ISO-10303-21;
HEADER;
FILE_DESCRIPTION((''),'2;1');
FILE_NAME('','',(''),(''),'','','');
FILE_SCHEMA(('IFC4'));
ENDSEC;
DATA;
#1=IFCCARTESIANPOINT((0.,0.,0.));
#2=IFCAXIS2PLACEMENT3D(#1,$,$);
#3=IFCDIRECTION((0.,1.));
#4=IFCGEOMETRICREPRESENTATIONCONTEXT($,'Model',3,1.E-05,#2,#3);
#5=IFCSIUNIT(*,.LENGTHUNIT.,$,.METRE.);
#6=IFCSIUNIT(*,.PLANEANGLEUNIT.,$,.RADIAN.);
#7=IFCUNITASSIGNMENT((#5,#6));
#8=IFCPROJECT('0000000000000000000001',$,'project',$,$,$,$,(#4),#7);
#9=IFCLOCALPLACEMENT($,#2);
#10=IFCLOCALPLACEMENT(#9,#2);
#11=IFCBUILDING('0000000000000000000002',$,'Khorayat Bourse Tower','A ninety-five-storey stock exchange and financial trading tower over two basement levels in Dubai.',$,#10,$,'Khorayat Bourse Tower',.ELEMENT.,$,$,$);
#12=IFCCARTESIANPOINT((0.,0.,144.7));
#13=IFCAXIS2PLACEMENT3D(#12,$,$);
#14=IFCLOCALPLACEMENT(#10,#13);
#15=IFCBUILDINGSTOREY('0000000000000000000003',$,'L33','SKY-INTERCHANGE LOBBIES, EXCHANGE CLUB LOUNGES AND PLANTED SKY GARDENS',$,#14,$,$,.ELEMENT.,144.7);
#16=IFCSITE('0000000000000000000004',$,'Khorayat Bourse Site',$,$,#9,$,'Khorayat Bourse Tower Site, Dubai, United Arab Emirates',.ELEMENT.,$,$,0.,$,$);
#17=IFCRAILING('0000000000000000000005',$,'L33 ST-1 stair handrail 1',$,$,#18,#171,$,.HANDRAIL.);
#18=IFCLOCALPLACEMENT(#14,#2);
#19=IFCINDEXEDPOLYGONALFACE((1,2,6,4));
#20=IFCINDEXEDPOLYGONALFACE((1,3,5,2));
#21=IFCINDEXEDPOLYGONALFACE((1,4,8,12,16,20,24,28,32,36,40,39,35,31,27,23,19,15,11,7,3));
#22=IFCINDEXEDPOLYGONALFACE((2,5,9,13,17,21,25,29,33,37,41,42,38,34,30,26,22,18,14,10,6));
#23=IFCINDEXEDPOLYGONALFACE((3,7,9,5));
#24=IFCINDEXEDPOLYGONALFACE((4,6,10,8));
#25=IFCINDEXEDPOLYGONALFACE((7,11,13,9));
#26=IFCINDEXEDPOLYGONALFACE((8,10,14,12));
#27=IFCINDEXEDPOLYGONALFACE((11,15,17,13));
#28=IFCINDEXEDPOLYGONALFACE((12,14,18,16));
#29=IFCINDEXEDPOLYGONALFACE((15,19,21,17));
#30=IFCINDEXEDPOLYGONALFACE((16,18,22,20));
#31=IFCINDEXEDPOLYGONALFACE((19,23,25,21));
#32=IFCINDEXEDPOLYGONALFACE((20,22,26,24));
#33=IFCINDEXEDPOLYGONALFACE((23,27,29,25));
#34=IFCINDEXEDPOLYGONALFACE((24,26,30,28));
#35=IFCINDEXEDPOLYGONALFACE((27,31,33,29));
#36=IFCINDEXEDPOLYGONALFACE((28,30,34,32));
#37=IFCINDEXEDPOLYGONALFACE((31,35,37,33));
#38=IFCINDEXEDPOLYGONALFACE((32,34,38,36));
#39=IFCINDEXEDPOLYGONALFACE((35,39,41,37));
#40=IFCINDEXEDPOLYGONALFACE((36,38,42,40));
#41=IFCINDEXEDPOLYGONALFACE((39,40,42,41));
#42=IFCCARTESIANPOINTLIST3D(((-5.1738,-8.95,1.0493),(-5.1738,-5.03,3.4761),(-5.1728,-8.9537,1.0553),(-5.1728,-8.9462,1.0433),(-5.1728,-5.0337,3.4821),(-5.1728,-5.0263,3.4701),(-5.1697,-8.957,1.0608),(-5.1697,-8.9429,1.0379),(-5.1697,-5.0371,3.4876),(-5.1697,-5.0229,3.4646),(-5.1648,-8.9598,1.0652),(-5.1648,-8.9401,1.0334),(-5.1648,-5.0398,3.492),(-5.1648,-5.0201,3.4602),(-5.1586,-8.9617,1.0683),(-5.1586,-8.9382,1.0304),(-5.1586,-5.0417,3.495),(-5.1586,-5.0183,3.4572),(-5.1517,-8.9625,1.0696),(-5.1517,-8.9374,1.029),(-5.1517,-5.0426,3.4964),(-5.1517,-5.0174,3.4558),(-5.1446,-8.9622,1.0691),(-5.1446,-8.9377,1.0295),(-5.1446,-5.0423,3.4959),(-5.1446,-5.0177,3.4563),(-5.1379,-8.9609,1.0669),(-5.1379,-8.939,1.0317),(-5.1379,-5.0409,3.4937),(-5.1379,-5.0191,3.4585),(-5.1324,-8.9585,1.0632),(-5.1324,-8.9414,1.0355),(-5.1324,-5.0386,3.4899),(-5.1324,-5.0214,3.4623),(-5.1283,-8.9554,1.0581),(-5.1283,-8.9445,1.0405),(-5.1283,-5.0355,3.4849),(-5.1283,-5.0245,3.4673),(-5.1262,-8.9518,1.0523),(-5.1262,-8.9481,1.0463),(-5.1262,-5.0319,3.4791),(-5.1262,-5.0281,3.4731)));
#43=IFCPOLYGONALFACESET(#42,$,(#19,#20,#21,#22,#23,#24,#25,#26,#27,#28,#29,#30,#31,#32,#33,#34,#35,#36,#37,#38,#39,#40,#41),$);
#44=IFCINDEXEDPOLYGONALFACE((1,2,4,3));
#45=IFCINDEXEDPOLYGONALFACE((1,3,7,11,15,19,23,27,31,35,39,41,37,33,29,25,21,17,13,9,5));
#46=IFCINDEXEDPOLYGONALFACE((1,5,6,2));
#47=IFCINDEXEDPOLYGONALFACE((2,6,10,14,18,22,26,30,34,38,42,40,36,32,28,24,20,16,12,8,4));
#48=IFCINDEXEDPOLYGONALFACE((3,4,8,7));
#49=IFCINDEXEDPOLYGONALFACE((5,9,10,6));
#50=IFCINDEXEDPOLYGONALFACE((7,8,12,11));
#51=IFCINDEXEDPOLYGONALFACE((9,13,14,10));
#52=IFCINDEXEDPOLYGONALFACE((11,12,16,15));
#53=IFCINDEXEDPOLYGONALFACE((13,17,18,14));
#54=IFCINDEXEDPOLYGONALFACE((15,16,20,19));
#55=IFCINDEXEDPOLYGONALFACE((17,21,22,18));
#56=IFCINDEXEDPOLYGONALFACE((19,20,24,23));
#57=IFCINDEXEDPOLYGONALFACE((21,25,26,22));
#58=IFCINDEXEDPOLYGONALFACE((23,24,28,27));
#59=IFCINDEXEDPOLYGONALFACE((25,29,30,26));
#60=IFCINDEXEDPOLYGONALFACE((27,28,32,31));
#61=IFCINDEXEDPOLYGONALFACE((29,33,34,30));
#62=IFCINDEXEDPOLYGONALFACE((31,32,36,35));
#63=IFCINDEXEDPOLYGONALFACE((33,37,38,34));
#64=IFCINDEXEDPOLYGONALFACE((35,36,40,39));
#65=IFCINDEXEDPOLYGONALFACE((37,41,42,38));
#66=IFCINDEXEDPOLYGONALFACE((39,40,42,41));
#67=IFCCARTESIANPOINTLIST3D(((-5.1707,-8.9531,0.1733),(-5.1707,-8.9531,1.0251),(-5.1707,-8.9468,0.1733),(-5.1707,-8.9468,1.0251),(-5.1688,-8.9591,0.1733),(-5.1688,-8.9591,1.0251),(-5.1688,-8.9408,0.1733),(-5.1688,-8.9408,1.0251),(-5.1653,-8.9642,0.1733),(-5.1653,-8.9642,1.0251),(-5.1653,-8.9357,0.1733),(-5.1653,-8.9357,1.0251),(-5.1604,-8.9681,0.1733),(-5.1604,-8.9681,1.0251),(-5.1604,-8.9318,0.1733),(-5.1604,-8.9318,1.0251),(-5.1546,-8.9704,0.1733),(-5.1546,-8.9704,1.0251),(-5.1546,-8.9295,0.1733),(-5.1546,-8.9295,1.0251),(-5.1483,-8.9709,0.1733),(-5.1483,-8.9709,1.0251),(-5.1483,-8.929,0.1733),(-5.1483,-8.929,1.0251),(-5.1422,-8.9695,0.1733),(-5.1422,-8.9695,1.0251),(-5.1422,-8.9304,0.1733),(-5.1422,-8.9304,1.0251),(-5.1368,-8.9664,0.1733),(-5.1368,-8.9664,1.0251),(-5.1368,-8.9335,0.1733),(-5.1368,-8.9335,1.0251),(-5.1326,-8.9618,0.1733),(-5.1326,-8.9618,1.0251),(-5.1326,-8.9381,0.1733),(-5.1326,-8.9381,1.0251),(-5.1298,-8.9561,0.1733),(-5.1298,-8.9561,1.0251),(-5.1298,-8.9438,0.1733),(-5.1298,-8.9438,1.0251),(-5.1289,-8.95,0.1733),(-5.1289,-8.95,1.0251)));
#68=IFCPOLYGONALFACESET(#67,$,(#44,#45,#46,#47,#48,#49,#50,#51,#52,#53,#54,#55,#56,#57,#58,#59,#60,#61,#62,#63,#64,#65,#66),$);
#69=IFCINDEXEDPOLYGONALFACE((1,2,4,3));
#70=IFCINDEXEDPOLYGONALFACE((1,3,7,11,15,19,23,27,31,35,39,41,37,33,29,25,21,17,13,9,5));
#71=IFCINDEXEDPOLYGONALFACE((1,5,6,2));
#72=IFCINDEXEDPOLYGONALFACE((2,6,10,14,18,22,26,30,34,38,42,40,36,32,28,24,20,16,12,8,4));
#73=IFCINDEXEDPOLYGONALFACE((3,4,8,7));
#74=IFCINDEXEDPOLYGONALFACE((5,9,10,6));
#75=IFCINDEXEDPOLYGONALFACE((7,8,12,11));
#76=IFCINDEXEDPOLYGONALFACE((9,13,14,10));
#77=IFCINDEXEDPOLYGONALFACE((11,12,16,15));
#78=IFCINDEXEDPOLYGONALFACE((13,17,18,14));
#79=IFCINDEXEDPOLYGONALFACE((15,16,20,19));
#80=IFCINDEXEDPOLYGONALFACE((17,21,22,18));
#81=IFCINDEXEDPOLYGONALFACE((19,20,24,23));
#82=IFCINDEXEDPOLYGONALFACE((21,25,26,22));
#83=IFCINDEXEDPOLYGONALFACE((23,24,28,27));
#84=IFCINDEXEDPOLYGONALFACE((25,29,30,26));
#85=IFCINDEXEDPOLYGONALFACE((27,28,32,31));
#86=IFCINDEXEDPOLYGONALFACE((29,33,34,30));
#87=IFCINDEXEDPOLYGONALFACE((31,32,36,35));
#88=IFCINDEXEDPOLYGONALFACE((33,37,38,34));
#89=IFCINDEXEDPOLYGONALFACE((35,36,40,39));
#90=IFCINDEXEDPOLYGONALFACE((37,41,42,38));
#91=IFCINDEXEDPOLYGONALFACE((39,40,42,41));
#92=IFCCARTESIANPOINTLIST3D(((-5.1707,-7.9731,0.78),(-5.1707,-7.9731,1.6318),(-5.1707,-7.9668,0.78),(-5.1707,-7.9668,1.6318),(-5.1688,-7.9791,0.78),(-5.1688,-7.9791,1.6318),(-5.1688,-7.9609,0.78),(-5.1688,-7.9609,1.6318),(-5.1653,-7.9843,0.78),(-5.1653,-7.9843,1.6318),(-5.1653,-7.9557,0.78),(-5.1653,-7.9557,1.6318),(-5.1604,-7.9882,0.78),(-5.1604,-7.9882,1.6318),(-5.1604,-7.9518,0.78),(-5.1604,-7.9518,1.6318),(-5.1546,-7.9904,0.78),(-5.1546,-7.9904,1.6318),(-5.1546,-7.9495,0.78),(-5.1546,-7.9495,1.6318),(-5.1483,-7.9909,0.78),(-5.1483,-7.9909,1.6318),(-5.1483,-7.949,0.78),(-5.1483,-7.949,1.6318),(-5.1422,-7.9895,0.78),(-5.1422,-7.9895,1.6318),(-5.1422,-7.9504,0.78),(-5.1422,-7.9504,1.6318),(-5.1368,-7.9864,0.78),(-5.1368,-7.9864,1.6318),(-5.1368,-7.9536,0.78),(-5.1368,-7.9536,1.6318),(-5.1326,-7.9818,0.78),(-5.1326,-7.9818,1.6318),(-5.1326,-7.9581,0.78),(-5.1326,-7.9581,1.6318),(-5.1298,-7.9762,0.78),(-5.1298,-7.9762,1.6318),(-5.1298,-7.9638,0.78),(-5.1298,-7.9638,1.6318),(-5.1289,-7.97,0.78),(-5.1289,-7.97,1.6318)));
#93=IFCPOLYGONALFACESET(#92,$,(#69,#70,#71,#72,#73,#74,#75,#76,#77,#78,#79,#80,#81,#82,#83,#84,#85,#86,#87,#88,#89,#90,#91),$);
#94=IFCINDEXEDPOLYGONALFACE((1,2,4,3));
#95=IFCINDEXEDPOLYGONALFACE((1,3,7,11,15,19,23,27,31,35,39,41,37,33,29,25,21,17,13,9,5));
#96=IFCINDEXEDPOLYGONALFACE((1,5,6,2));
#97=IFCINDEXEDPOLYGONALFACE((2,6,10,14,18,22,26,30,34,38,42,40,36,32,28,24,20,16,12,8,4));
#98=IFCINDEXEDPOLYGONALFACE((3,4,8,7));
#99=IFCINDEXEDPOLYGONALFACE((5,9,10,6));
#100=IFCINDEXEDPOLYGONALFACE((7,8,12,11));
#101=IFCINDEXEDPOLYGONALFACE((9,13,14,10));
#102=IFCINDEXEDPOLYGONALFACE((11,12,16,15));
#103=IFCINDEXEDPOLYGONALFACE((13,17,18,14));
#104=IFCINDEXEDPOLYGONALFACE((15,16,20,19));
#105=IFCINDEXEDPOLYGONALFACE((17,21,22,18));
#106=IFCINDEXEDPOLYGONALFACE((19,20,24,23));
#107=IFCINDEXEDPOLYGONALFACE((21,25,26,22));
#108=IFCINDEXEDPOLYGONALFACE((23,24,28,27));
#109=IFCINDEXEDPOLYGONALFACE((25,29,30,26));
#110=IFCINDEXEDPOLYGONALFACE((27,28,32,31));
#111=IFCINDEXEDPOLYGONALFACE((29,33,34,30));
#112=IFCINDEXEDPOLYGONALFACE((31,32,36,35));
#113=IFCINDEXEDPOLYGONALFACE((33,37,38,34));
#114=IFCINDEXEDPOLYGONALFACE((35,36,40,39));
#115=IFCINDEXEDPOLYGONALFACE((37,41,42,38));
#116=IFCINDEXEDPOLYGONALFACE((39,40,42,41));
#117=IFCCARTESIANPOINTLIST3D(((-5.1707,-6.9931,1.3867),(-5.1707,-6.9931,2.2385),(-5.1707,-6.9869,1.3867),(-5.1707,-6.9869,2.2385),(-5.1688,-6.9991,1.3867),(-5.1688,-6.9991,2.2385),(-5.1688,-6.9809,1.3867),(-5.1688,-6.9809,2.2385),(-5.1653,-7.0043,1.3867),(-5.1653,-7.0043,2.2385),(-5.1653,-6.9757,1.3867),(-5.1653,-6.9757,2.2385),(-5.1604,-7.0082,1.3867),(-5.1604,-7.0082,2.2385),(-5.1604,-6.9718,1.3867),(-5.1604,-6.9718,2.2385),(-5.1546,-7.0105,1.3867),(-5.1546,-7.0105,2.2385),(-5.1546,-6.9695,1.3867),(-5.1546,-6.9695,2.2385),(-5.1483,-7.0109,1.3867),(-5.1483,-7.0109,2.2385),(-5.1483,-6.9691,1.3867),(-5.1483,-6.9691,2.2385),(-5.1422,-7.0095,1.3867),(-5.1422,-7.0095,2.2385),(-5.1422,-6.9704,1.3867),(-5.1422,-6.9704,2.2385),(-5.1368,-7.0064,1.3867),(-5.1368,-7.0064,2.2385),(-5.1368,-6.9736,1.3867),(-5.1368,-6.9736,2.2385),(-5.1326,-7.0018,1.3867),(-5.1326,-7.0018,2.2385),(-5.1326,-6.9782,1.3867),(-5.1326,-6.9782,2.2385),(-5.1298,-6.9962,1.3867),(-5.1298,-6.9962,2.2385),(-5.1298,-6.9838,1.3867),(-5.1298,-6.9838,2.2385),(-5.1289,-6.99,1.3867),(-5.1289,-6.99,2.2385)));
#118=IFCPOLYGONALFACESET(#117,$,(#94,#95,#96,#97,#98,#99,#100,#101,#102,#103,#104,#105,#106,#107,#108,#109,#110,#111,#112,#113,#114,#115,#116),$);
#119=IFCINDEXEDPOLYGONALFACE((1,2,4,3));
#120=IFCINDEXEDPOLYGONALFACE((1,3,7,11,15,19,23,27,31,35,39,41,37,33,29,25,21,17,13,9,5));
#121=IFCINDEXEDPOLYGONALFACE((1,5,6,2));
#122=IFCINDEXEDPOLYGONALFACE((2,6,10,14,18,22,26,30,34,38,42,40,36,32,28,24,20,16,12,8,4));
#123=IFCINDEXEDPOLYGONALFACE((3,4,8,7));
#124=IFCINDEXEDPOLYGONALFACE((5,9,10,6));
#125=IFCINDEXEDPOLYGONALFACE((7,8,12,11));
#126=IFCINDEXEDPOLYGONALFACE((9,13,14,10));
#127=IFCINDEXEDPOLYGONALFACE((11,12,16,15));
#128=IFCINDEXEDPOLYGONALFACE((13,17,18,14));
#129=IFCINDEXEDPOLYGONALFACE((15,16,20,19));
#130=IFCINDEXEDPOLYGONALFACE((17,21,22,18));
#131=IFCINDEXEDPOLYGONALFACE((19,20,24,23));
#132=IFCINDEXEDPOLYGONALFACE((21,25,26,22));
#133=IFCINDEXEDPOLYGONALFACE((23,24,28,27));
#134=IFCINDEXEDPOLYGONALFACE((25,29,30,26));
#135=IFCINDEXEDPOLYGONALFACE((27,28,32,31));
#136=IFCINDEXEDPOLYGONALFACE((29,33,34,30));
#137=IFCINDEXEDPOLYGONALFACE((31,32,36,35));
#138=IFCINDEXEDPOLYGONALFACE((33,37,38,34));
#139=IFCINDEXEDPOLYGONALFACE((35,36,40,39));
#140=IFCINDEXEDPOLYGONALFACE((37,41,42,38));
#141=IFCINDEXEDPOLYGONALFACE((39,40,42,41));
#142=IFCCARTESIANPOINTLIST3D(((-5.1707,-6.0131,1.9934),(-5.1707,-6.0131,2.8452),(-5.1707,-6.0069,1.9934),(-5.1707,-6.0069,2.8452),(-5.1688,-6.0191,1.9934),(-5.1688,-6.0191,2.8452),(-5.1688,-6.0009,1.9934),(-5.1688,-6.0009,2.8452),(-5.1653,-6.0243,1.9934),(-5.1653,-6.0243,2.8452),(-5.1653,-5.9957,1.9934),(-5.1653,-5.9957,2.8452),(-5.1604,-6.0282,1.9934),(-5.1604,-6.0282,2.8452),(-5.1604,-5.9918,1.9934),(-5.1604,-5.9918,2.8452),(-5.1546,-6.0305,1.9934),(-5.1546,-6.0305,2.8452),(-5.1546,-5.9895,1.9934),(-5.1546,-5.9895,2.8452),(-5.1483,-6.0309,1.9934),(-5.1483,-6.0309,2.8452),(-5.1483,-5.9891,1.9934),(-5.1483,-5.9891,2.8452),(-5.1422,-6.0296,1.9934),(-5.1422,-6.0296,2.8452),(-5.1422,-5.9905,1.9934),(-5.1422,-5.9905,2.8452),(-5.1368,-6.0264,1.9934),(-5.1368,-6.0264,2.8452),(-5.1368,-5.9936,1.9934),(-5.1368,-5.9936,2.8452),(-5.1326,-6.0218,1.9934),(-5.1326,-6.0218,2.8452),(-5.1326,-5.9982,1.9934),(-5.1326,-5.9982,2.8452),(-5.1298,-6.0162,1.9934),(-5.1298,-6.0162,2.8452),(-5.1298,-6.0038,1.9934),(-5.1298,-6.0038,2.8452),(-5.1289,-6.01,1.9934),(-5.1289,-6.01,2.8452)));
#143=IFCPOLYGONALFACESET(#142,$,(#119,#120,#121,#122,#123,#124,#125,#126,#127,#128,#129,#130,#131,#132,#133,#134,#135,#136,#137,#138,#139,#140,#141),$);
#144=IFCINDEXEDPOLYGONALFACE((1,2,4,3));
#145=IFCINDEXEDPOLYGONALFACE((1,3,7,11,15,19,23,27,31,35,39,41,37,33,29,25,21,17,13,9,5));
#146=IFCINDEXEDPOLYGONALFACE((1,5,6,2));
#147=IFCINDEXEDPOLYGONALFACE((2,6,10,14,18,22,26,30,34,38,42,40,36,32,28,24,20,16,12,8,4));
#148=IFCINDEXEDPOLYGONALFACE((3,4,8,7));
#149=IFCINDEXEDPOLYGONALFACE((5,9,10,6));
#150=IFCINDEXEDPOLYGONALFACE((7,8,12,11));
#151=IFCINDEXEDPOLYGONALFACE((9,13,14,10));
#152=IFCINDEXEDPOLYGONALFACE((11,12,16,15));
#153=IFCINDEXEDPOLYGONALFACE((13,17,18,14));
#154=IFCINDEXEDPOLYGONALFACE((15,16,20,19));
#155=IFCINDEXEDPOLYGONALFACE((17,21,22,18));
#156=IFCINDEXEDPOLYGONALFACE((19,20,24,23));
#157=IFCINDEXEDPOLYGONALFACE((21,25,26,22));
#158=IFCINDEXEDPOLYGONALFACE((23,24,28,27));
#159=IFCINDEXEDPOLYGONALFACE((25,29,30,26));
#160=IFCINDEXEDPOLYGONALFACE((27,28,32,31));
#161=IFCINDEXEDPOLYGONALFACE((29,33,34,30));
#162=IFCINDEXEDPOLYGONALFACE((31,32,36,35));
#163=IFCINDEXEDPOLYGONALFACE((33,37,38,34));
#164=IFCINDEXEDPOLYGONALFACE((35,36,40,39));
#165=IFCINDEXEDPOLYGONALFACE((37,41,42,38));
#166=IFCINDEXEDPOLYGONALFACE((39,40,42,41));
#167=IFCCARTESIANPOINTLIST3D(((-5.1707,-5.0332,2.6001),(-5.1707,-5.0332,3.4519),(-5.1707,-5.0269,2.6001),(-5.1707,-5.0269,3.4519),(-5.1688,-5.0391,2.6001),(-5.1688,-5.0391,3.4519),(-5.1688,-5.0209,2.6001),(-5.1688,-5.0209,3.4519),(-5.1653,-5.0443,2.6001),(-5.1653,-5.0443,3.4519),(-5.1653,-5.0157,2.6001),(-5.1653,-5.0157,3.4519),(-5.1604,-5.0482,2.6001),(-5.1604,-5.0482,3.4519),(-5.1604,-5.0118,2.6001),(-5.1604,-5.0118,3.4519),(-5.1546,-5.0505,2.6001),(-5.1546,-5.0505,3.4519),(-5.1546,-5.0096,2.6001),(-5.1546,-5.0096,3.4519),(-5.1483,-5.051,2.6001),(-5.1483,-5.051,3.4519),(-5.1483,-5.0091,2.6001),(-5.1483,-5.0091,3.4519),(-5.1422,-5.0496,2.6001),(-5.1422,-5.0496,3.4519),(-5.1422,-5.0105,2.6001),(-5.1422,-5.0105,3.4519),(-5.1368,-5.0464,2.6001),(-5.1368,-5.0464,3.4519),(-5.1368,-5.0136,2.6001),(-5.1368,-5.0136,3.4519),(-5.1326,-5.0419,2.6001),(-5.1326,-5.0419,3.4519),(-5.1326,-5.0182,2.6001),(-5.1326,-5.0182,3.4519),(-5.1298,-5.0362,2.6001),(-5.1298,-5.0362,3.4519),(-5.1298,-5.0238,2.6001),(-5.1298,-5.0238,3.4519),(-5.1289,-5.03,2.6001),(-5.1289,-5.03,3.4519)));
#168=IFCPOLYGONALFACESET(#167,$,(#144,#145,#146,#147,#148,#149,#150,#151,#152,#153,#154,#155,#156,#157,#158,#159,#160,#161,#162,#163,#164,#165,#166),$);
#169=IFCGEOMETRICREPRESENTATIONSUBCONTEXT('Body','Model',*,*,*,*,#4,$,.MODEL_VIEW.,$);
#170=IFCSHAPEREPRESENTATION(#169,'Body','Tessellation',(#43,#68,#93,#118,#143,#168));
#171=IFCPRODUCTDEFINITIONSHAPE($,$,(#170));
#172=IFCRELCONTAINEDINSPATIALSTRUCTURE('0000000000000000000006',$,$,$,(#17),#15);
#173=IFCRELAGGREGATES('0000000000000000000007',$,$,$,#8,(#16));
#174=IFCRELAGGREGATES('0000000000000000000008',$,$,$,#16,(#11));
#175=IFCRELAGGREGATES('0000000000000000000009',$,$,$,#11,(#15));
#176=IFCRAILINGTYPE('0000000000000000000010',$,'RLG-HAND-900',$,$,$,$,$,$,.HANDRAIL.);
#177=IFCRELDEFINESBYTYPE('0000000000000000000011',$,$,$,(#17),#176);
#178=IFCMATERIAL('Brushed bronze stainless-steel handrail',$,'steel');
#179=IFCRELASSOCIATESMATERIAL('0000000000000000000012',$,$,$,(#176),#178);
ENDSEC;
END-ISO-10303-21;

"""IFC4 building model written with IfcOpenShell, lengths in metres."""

from ifc_helpers import new_model, si_unit, direction, frame, origin, origin_2d, place, context, subcontext, project, spatial, circle, extrude, source, transform, mapped, material, type_object, element, save


model = new_model("IFC4")

# Units and contexts
model_context = context("Model", 3, precision=1e-05, world=origin(), true_north=direction((0.0, 1.0)))
body_context = subcontext(model_context, "Body", "Model", "MODEL_VIEW")
ifc_project = project(units=[si_unit("LENGTHUNIT", "METRE"), si_unit("PLANEANGLEUNIT", "RADIAN")], contexts=[model_context])

# Site, building, storey
site_placement = place(None, origin())
site = spatial("IfcSite", under=ifc_project, at=site_placement, Name="Khorayat Bourse Site", LongName="Khorayat Bourse Tower Site, Dubai, United Arab Emirates", CompositionType="ELEMENT", RefElevation=0.0)
building_placement = place(site_placement, origin())
building = spatial("IfcBuilding", under=site, at=building_placement, Name="Khorayat Bourse Tower", Description="A ninety-five-storey stock exchange and financial trading tower over two basement levels in Dubai.", LongName="Khorayat Bourse Tower", CompositionType="ELEMENT")
storey_placement = place(building_placement, frame((0.0, 0.0, 144.7)))
storey = spatial("IfcBuildingStorey", under=building, at=storey_placement, Name="L33", Description="SKY-INTERCHANGE LOBBIES, EXCHANGE CLUB LOUNGES AND PLANTED SKY GARDENS", CompositionType="ELEMENT", Elevation=144.7)

# Railing
ifc_material_1 = material(Name="Brushed bronze stainless-steel handrail", Category="steel")
railing_type_1 = type_object("IfcRailingType", Name="RLG-HAND-900", PredefinedType="HANDRAIL", material=ifc_material_1)
shared_shape_1 = source(origin(), body_context, "Body", "SweptSolid", [
    extrude(circle(Radius=0.0239, at=origin_2d()), frame((0.0, 0.0, 0.876), z_axis=(0.0, 0.850252, 0.526376), x_axis=(-1.0, 0.0, 0.0)), (0.0, 0.0, 1.0), 4.6104),
    extrude(circle(Radius=0.021, at=origin_2d()), origin(), (0.0, 0.0, 1.0), 0.8518),
    extrude(circle(Radius=0.021, at=origin_2d()), frame((0.0, 0.98, 0.6067)), (0.0, 0.0, 1.0), 0.8518),
    extrude(circle(Radius=0.021, at=origin_2d()), frame((0.0, 1.96, 1.2134)), (0.0, 0.0, 1.0), 0.8518),
    extrude(circle(Radius=0.021, at=origin_2d()), frame((0.0, 2.9399, 1.8201)), (0.0, 0.0, 1.0), 0.8518),
    extrude(circle(Radius=0.021, at=origin_2d()), frame((0.0, 3.9199, 2.4268)), (0.0, 0.0, 1.0), 0.8518),
])
railing_1_placement = place(storey_placement, frame((-5.1499, -8.95, 0.1733)))
element("IfcRailing", 1, at=railing_1_placement, inside=storey, type_object=railing_type_1, Name="L33 ST-1 stair handrail 1", PredefinedType="HANDRAIL", context=body_context, shape_type="MappedRepresentation", body=[
    mapped(shared_shape_1, transform((0.0, 0.0, 0.0), scale=1.0)),
])

save(model, "model.ifc")
